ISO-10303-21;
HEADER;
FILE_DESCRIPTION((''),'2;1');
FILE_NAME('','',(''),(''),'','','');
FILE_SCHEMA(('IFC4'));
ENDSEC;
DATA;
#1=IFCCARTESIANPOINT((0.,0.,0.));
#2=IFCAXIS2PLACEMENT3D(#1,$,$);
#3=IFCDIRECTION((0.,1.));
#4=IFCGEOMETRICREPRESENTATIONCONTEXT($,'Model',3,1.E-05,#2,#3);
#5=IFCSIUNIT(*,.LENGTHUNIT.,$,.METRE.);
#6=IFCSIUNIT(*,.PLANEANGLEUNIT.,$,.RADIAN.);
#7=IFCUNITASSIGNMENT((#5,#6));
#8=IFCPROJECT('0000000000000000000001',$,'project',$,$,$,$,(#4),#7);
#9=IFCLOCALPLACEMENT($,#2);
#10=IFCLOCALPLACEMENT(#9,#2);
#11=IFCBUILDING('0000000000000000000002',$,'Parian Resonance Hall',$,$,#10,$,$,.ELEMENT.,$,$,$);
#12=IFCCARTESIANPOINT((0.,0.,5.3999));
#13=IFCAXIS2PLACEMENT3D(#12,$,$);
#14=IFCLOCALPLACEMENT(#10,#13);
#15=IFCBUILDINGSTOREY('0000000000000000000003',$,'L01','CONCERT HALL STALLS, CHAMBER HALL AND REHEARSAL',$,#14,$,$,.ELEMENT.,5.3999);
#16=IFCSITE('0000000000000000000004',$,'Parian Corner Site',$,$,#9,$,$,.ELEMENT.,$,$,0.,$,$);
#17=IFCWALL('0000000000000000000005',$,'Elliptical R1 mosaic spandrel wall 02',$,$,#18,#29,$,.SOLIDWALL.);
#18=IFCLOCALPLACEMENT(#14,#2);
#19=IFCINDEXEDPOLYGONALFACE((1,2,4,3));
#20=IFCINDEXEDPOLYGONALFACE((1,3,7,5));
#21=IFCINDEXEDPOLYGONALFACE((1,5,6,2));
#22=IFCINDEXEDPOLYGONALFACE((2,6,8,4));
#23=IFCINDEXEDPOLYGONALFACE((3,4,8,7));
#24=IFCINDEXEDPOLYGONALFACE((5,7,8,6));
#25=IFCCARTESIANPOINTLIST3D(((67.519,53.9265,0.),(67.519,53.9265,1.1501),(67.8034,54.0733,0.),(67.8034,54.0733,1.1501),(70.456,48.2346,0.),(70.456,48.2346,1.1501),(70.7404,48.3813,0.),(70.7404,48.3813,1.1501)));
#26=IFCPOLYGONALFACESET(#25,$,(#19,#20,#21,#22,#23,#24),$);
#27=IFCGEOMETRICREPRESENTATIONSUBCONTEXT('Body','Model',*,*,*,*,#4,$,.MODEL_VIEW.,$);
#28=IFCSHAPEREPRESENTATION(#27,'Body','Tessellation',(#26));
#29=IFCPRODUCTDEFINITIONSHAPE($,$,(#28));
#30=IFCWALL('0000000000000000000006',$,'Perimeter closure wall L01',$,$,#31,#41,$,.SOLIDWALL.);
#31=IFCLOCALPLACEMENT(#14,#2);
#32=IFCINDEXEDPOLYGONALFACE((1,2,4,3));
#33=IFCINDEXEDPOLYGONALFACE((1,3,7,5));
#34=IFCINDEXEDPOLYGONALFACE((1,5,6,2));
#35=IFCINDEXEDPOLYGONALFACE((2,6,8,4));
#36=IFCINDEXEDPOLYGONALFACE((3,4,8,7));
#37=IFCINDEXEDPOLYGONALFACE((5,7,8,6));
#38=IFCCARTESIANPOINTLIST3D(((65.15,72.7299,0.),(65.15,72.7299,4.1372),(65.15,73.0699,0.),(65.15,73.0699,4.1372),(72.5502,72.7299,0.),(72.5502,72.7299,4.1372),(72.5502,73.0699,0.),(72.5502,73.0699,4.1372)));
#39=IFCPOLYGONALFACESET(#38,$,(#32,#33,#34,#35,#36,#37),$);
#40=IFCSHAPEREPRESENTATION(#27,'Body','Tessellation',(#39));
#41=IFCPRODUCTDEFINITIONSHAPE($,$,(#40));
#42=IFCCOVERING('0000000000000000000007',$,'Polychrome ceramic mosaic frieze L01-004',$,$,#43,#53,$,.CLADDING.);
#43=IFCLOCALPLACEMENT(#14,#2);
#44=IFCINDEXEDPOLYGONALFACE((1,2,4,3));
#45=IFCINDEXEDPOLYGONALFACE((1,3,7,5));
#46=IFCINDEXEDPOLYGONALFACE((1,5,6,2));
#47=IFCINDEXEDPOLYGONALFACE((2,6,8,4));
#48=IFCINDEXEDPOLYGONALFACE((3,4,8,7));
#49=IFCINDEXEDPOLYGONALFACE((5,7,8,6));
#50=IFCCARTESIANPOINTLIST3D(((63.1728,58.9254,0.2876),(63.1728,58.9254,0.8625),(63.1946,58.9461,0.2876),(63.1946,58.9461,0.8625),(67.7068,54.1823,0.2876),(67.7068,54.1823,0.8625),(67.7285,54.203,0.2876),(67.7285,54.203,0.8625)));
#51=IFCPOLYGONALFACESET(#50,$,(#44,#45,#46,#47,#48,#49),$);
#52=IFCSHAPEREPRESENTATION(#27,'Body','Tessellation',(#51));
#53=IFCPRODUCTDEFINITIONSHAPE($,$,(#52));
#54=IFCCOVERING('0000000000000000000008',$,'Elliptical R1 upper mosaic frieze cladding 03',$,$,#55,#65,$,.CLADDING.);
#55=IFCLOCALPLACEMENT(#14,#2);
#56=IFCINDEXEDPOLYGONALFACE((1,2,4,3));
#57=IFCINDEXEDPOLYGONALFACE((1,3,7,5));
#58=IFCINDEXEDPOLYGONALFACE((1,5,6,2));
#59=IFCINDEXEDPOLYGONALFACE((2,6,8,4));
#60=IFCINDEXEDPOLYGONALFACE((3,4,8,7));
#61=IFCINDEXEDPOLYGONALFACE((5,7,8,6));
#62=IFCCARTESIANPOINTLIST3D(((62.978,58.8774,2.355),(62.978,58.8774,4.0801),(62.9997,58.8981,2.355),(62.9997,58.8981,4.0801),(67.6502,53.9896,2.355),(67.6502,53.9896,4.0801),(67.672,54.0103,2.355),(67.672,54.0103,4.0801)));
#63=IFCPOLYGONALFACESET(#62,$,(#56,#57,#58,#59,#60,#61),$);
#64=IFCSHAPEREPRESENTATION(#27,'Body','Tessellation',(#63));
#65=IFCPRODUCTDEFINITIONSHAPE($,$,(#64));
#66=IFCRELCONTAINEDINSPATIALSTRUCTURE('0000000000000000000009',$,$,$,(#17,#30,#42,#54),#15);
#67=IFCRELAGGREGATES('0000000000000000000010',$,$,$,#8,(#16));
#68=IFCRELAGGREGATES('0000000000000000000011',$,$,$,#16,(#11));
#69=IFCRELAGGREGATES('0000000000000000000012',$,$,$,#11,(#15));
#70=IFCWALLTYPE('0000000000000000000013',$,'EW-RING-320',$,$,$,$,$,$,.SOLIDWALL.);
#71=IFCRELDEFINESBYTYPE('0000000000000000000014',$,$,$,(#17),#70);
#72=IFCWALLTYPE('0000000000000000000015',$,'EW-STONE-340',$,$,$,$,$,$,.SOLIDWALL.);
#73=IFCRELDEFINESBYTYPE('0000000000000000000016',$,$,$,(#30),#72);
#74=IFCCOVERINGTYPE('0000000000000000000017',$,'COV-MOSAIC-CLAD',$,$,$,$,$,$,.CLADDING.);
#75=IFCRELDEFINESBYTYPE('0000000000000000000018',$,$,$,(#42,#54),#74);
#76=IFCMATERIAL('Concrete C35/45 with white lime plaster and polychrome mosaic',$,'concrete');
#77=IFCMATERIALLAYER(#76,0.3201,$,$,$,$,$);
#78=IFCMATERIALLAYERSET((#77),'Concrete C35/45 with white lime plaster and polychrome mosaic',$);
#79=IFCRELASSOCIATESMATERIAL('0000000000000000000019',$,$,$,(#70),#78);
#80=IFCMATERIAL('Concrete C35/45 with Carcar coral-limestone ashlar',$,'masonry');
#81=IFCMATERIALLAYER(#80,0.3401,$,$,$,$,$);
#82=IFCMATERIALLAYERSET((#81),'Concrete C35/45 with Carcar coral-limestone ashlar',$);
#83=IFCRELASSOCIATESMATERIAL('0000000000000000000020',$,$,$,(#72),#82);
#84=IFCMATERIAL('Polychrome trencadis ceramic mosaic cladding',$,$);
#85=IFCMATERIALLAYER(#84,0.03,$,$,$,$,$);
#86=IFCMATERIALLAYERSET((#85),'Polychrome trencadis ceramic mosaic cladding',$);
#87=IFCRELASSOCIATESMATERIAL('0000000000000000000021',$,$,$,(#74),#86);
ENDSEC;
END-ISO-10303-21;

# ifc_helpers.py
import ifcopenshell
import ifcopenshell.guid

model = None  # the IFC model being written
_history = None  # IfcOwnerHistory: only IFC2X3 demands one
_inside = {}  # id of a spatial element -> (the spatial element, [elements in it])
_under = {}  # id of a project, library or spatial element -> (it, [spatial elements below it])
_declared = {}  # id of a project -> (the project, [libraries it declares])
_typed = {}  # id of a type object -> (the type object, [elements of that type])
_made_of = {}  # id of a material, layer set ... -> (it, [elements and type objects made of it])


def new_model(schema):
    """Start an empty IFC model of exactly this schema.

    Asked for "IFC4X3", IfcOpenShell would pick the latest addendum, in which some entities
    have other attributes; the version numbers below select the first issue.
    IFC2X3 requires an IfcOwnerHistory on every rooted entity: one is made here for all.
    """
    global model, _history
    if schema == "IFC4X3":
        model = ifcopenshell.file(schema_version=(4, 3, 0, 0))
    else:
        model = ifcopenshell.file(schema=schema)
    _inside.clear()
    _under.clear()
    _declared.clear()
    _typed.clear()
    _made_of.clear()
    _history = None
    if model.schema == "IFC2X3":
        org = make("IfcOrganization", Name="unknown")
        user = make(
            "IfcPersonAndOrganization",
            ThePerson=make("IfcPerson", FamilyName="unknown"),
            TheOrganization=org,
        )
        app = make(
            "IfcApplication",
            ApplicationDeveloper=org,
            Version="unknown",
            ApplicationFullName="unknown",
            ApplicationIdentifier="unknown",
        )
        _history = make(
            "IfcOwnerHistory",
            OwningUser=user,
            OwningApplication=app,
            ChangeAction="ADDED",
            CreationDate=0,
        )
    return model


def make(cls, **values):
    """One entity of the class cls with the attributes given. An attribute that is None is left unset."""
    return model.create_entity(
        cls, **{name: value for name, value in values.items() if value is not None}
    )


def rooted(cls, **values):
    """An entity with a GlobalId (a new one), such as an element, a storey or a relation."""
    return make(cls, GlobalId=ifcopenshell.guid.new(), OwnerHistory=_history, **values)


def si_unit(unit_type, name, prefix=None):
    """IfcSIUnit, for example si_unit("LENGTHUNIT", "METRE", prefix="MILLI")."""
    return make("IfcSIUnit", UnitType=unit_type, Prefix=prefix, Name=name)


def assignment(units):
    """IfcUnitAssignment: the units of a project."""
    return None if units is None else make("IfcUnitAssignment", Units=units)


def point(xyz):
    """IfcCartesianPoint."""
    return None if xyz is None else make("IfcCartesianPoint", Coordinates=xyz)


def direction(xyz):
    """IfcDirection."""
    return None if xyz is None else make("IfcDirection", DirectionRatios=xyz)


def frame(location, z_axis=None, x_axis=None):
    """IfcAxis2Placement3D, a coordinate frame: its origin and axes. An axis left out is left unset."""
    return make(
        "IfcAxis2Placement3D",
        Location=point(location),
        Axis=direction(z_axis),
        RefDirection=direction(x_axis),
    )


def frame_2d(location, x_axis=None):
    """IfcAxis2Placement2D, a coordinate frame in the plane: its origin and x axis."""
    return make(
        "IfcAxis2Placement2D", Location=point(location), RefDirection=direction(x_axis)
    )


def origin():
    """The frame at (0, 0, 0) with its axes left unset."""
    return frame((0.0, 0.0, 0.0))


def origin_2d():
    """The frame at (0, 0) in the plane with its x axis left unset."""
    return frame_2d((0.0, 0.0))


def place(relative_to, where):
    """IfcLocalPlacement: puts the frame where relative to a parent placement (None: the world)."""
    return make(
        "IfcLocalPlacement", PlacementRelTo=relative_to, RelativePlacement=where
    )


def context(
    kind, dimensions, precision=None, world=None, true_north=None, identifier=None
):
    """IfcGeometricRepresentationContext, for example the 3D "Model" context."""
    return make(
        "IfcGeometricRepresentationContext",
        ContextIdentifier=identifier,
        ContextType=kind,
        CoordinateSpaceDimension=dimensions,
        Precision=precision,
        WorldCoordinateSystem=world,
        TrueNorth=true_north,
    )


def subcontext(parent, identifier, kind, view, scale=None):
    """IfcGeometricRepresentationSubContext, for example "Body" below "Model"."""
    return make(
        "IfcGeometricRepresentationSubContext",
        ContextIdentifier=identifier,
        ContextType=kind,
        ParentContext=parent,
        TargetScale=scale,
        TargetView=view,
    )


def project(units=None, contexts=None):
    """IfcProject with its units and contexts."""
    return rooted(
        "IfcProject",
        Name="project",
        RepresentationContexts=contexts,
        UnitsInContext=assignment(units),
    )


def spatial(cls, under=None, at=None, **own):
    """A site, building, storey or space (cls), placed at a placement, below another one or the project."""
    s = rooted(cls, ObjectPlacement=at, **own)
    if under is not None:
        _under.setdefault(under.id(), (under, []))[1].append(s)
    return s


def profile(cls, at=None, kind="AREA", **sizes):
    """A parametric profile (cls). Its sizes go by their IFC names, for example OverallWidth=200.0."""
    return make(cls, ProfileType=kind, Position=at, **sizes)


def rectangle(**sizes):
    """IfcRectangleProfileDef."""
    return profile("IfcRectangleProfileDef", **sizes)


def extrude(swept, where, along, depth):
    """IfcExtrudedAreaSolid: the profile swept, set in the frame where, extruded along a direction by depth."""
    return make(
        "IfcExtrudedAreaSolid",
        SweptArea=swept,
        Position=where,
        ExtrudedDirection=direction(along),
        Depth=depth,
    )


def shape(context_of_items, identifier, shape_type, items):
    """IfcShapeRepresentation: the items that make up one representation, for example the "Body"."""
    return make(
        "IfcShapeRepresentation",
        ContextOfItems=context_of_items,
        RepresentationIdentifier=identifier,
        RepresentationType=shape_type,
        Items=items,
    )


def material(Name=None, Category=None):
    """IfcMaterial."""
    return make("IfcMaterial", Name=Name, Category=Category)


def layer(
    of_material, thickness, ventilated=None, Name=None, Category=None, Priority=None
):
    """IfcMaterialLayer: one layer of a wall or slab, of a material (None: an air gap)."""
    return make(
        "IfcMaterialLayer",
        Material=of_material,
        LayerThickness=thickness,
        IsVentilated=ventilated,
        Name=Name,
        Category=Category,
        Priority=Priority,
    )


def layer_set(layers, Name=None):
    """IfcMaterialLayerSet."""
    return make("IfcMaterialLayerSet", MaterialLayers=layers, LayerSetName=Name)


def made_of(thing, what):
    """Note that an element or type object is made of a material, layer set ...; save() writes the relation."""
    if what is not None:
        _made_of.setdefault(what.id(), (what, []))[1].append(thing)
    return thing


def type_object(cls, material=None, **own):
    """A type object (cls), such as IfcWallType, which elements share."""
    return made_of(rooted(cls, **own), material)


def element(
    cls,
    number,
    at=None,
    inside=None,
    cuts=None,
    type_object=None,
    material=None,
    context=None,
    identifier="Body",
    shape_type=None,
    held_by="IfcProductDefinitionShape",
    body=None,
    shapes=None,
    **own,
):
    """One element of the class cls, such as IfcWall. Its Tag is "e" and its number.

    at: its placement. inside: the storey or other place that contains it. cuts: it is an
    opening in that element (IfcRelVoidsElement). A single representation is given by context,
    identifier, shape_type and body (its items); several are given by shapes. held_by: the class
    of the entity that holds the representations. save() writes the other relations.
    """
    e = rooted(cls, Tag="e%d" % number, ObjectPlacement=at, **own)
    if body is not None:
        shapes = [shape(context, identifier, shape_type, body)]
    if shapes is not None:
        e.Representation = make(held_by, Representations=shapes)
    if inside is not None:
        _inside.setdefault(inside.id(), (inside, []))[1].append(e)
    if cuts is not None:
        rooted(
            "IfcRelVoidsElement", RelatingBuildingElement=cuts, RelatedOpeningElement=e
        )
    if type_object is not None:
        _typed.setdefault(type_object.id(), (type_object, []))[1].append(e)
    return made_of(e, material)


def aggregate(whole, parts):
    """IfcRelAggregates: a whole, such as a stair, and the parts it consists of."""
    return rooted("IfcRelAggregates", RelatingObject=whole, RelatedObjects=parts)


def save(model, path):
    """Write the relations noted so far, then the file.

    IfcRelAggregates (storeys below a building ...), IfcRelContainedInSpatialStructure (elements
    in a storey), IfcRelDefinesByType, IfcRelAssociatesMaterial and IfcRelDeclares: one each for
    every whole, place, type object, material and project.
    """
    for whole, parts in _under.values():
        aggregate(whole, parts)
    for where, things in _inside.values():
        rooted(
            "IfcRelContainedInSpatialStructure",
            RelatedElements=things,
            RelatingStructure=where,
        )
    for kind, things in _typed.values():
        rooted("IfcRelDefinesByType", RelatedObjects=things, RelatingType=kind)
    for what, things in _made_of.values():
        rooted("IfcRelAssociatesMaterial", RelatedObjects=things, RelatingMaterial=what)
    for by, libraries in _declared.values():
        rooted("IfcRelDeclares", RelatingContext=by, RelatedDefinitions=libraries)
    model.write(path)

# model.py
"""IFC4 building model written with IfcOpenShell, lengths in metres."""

from ifc_helpers import new_model, si_unit, direction, frame, frame_2d, origin, origin_2d, place, context, subcontext, project, spatial, rectangle, extrude, material, layer, layer_set, type_object, element, save


model = new_model("IFC4")

# Units and contexts
model_context = context("Model", 3, precision=1e-05, world=origin(), true_north=direction((0.0, 1.0)))
body_context = subcontext(model_context, "Body", "Model", "MODEL_VIEW")
ifc_project = project(units=[si_unit("LENGTHUNIT", "METRE"), si_unit("PLANEANGLEUNIT", "RADIAN")], contexts=[model_context])

# Site, building, storey
site_placement = place(None, origin())
site = spatial("IfcSite", under=ifc_project, at=site_placement, Name="Parian Corner Site", CompositionType="ELEMENT", RefElevation=0.0)
building_placement = place(site_placement, origin())
building = spatial("IfcBuilding", under=site, at=building_placement, Name="Parian Resonance Hall", CompositionType="ELEMENT")
storey_placement = place(building_placement, frame((0.0, 0.0, 5.3999)))
storey = spatial("IfcBuildingStorey", under=building, at=storey_placement, Name="L01", Description="CONCERT HALL STALLS, CHAMBER HALL AND REHEARSAL", CompositionType="ELEMENT", Elevation=5.3999)

# Walls
ifc_material_1 = material(Name="Concrete C35/45 with white lime plaster and polychrome mosaic", Category="concrete")
ifc_layer_1 = layer(ifc_material_1, 0.3201)
ifc_layer_set_1 = layer_set([ifc_layer_1], Name="Concrete C35/45 with white lime plaster and polychrome mosaic")
wall_type_1 = type_object("IfcWallType", Name="EW-RING-320", PredefinedType="SOLIDWALL", material=ifc_layer_set_1)
wall_1_placement = place(storey_placement, frame((67.6611, 54.0, 0.0), z_axis=(0.0, 0.0, 1.0), x_axis=(0.458552, -0.888668, 0.0)))
element("IfcWall", 1, at=wall_1_placement, inside=storey, type_object=wall_type_1, Name="Elliptical R1 mosaic spandrel wall 02", PredefinedType="SOLIDWALL", context=body_context, shape_type="SweptSolid", body=[
    extrude(rectangle(XDim=6.405, YDim=0.3201, at=frame_2d((3.2026, 0.0))), origin(), (0.0, 0.0, 1.0), 1.1501),
])
ifc_material_2 = material(Name="Concrete C35/45 with Carcar coral-limestone ashlar", Category="masonry")
ifc_layer_2 = layer(ifc_material_2, 0.3401)
ifc_layer_set_2 = layer_set([ifc_layer_2], Name="Concrete C35/45 with Carcar coral-limestone ashlar")
wall_type_2 = type_object("IfcWallType", Name="EW-STONE-340", PredefinedType="SOLIDWALL", material=ifc_layer_set_2)
wall_2_placement = place(storey_placement, frame((65.1499, 72.8999, 0.0), z_axis=(0.0, 0.0, 1.0), x_axis=(1.0, 0.0, 0.0)))
element("IfcWall", 2, at=wall_2_placement, inside=storey, type_object=wall_type_2, Name="Perimeter closure wall L01", PredefinedType="SOLIDWALL", context=body_context, shape_type="SweptSolid", body=[
    extrude(rectangle(XDim=7.4001, YDim=0.3401, at=frame_2d((3.7002, 0.0))), origin(), (0.0, 0.0, 1.0), 4.1372),
])

# Coverings
ifc_material_3 = material(Name="Polychrome trencadis ceramic mosaic cladding")
ifc_layer_3 = layer(ifc_material_3, 0.03)
ifc_layer_set_3 = layer_set([ifc_layer_3], Name="Polychrome trencadis ceramic mosaic cladding")
covering_type = type_object("IfcCoveringType", Name="COV-MOSAIC-CLAD", PredefinedType="CLADDING", material=ifc_layer_set_3)
covering_1_placement = place(storey_placement, frame((65.4507, 56.5642, 0.2876), z_axis=(0.0, 0.0, 1.0), x_axis=(0.690992, -0.722862, 0.0)))
element("IfcCovering", 3, at=covering_1_placement, inside=storey, type_object=covering_type, Name="Polychrome ceramic mosaic frieze L01-004", PredefinedType="CLADDING", context=body_context, shape_type="SweptSolid", body=[
    extrude(rectangle(XDim=6.5615, YDim=0.03, at=origin_2d()), origin(), (0.0, 0.0, 1.0), 0.575),
])
covering_2_placement = place(storey_placement, frame((65.325, 56.4438, 2.355), z_axis=(0.0, 0.0, 1.0), x_axis=(0.690992, -0.722862, 0.0)))
element("IfcCovering", 4, at=covering_2_placement, inside=storey, type_object=covering_type, Name="Elliptical R1 upper mosaic frieze cladding 03", PredefinedType="CLADDING", context=body_context, shape_type="SweptSolid", body=[
    extrude(rectangle(XDim=6.7617, YDim=0.03, at=origin_2d()), origin(), (0.0, 0.0, 1.0), 1.7251),
])

save(model, "model.ifc")
